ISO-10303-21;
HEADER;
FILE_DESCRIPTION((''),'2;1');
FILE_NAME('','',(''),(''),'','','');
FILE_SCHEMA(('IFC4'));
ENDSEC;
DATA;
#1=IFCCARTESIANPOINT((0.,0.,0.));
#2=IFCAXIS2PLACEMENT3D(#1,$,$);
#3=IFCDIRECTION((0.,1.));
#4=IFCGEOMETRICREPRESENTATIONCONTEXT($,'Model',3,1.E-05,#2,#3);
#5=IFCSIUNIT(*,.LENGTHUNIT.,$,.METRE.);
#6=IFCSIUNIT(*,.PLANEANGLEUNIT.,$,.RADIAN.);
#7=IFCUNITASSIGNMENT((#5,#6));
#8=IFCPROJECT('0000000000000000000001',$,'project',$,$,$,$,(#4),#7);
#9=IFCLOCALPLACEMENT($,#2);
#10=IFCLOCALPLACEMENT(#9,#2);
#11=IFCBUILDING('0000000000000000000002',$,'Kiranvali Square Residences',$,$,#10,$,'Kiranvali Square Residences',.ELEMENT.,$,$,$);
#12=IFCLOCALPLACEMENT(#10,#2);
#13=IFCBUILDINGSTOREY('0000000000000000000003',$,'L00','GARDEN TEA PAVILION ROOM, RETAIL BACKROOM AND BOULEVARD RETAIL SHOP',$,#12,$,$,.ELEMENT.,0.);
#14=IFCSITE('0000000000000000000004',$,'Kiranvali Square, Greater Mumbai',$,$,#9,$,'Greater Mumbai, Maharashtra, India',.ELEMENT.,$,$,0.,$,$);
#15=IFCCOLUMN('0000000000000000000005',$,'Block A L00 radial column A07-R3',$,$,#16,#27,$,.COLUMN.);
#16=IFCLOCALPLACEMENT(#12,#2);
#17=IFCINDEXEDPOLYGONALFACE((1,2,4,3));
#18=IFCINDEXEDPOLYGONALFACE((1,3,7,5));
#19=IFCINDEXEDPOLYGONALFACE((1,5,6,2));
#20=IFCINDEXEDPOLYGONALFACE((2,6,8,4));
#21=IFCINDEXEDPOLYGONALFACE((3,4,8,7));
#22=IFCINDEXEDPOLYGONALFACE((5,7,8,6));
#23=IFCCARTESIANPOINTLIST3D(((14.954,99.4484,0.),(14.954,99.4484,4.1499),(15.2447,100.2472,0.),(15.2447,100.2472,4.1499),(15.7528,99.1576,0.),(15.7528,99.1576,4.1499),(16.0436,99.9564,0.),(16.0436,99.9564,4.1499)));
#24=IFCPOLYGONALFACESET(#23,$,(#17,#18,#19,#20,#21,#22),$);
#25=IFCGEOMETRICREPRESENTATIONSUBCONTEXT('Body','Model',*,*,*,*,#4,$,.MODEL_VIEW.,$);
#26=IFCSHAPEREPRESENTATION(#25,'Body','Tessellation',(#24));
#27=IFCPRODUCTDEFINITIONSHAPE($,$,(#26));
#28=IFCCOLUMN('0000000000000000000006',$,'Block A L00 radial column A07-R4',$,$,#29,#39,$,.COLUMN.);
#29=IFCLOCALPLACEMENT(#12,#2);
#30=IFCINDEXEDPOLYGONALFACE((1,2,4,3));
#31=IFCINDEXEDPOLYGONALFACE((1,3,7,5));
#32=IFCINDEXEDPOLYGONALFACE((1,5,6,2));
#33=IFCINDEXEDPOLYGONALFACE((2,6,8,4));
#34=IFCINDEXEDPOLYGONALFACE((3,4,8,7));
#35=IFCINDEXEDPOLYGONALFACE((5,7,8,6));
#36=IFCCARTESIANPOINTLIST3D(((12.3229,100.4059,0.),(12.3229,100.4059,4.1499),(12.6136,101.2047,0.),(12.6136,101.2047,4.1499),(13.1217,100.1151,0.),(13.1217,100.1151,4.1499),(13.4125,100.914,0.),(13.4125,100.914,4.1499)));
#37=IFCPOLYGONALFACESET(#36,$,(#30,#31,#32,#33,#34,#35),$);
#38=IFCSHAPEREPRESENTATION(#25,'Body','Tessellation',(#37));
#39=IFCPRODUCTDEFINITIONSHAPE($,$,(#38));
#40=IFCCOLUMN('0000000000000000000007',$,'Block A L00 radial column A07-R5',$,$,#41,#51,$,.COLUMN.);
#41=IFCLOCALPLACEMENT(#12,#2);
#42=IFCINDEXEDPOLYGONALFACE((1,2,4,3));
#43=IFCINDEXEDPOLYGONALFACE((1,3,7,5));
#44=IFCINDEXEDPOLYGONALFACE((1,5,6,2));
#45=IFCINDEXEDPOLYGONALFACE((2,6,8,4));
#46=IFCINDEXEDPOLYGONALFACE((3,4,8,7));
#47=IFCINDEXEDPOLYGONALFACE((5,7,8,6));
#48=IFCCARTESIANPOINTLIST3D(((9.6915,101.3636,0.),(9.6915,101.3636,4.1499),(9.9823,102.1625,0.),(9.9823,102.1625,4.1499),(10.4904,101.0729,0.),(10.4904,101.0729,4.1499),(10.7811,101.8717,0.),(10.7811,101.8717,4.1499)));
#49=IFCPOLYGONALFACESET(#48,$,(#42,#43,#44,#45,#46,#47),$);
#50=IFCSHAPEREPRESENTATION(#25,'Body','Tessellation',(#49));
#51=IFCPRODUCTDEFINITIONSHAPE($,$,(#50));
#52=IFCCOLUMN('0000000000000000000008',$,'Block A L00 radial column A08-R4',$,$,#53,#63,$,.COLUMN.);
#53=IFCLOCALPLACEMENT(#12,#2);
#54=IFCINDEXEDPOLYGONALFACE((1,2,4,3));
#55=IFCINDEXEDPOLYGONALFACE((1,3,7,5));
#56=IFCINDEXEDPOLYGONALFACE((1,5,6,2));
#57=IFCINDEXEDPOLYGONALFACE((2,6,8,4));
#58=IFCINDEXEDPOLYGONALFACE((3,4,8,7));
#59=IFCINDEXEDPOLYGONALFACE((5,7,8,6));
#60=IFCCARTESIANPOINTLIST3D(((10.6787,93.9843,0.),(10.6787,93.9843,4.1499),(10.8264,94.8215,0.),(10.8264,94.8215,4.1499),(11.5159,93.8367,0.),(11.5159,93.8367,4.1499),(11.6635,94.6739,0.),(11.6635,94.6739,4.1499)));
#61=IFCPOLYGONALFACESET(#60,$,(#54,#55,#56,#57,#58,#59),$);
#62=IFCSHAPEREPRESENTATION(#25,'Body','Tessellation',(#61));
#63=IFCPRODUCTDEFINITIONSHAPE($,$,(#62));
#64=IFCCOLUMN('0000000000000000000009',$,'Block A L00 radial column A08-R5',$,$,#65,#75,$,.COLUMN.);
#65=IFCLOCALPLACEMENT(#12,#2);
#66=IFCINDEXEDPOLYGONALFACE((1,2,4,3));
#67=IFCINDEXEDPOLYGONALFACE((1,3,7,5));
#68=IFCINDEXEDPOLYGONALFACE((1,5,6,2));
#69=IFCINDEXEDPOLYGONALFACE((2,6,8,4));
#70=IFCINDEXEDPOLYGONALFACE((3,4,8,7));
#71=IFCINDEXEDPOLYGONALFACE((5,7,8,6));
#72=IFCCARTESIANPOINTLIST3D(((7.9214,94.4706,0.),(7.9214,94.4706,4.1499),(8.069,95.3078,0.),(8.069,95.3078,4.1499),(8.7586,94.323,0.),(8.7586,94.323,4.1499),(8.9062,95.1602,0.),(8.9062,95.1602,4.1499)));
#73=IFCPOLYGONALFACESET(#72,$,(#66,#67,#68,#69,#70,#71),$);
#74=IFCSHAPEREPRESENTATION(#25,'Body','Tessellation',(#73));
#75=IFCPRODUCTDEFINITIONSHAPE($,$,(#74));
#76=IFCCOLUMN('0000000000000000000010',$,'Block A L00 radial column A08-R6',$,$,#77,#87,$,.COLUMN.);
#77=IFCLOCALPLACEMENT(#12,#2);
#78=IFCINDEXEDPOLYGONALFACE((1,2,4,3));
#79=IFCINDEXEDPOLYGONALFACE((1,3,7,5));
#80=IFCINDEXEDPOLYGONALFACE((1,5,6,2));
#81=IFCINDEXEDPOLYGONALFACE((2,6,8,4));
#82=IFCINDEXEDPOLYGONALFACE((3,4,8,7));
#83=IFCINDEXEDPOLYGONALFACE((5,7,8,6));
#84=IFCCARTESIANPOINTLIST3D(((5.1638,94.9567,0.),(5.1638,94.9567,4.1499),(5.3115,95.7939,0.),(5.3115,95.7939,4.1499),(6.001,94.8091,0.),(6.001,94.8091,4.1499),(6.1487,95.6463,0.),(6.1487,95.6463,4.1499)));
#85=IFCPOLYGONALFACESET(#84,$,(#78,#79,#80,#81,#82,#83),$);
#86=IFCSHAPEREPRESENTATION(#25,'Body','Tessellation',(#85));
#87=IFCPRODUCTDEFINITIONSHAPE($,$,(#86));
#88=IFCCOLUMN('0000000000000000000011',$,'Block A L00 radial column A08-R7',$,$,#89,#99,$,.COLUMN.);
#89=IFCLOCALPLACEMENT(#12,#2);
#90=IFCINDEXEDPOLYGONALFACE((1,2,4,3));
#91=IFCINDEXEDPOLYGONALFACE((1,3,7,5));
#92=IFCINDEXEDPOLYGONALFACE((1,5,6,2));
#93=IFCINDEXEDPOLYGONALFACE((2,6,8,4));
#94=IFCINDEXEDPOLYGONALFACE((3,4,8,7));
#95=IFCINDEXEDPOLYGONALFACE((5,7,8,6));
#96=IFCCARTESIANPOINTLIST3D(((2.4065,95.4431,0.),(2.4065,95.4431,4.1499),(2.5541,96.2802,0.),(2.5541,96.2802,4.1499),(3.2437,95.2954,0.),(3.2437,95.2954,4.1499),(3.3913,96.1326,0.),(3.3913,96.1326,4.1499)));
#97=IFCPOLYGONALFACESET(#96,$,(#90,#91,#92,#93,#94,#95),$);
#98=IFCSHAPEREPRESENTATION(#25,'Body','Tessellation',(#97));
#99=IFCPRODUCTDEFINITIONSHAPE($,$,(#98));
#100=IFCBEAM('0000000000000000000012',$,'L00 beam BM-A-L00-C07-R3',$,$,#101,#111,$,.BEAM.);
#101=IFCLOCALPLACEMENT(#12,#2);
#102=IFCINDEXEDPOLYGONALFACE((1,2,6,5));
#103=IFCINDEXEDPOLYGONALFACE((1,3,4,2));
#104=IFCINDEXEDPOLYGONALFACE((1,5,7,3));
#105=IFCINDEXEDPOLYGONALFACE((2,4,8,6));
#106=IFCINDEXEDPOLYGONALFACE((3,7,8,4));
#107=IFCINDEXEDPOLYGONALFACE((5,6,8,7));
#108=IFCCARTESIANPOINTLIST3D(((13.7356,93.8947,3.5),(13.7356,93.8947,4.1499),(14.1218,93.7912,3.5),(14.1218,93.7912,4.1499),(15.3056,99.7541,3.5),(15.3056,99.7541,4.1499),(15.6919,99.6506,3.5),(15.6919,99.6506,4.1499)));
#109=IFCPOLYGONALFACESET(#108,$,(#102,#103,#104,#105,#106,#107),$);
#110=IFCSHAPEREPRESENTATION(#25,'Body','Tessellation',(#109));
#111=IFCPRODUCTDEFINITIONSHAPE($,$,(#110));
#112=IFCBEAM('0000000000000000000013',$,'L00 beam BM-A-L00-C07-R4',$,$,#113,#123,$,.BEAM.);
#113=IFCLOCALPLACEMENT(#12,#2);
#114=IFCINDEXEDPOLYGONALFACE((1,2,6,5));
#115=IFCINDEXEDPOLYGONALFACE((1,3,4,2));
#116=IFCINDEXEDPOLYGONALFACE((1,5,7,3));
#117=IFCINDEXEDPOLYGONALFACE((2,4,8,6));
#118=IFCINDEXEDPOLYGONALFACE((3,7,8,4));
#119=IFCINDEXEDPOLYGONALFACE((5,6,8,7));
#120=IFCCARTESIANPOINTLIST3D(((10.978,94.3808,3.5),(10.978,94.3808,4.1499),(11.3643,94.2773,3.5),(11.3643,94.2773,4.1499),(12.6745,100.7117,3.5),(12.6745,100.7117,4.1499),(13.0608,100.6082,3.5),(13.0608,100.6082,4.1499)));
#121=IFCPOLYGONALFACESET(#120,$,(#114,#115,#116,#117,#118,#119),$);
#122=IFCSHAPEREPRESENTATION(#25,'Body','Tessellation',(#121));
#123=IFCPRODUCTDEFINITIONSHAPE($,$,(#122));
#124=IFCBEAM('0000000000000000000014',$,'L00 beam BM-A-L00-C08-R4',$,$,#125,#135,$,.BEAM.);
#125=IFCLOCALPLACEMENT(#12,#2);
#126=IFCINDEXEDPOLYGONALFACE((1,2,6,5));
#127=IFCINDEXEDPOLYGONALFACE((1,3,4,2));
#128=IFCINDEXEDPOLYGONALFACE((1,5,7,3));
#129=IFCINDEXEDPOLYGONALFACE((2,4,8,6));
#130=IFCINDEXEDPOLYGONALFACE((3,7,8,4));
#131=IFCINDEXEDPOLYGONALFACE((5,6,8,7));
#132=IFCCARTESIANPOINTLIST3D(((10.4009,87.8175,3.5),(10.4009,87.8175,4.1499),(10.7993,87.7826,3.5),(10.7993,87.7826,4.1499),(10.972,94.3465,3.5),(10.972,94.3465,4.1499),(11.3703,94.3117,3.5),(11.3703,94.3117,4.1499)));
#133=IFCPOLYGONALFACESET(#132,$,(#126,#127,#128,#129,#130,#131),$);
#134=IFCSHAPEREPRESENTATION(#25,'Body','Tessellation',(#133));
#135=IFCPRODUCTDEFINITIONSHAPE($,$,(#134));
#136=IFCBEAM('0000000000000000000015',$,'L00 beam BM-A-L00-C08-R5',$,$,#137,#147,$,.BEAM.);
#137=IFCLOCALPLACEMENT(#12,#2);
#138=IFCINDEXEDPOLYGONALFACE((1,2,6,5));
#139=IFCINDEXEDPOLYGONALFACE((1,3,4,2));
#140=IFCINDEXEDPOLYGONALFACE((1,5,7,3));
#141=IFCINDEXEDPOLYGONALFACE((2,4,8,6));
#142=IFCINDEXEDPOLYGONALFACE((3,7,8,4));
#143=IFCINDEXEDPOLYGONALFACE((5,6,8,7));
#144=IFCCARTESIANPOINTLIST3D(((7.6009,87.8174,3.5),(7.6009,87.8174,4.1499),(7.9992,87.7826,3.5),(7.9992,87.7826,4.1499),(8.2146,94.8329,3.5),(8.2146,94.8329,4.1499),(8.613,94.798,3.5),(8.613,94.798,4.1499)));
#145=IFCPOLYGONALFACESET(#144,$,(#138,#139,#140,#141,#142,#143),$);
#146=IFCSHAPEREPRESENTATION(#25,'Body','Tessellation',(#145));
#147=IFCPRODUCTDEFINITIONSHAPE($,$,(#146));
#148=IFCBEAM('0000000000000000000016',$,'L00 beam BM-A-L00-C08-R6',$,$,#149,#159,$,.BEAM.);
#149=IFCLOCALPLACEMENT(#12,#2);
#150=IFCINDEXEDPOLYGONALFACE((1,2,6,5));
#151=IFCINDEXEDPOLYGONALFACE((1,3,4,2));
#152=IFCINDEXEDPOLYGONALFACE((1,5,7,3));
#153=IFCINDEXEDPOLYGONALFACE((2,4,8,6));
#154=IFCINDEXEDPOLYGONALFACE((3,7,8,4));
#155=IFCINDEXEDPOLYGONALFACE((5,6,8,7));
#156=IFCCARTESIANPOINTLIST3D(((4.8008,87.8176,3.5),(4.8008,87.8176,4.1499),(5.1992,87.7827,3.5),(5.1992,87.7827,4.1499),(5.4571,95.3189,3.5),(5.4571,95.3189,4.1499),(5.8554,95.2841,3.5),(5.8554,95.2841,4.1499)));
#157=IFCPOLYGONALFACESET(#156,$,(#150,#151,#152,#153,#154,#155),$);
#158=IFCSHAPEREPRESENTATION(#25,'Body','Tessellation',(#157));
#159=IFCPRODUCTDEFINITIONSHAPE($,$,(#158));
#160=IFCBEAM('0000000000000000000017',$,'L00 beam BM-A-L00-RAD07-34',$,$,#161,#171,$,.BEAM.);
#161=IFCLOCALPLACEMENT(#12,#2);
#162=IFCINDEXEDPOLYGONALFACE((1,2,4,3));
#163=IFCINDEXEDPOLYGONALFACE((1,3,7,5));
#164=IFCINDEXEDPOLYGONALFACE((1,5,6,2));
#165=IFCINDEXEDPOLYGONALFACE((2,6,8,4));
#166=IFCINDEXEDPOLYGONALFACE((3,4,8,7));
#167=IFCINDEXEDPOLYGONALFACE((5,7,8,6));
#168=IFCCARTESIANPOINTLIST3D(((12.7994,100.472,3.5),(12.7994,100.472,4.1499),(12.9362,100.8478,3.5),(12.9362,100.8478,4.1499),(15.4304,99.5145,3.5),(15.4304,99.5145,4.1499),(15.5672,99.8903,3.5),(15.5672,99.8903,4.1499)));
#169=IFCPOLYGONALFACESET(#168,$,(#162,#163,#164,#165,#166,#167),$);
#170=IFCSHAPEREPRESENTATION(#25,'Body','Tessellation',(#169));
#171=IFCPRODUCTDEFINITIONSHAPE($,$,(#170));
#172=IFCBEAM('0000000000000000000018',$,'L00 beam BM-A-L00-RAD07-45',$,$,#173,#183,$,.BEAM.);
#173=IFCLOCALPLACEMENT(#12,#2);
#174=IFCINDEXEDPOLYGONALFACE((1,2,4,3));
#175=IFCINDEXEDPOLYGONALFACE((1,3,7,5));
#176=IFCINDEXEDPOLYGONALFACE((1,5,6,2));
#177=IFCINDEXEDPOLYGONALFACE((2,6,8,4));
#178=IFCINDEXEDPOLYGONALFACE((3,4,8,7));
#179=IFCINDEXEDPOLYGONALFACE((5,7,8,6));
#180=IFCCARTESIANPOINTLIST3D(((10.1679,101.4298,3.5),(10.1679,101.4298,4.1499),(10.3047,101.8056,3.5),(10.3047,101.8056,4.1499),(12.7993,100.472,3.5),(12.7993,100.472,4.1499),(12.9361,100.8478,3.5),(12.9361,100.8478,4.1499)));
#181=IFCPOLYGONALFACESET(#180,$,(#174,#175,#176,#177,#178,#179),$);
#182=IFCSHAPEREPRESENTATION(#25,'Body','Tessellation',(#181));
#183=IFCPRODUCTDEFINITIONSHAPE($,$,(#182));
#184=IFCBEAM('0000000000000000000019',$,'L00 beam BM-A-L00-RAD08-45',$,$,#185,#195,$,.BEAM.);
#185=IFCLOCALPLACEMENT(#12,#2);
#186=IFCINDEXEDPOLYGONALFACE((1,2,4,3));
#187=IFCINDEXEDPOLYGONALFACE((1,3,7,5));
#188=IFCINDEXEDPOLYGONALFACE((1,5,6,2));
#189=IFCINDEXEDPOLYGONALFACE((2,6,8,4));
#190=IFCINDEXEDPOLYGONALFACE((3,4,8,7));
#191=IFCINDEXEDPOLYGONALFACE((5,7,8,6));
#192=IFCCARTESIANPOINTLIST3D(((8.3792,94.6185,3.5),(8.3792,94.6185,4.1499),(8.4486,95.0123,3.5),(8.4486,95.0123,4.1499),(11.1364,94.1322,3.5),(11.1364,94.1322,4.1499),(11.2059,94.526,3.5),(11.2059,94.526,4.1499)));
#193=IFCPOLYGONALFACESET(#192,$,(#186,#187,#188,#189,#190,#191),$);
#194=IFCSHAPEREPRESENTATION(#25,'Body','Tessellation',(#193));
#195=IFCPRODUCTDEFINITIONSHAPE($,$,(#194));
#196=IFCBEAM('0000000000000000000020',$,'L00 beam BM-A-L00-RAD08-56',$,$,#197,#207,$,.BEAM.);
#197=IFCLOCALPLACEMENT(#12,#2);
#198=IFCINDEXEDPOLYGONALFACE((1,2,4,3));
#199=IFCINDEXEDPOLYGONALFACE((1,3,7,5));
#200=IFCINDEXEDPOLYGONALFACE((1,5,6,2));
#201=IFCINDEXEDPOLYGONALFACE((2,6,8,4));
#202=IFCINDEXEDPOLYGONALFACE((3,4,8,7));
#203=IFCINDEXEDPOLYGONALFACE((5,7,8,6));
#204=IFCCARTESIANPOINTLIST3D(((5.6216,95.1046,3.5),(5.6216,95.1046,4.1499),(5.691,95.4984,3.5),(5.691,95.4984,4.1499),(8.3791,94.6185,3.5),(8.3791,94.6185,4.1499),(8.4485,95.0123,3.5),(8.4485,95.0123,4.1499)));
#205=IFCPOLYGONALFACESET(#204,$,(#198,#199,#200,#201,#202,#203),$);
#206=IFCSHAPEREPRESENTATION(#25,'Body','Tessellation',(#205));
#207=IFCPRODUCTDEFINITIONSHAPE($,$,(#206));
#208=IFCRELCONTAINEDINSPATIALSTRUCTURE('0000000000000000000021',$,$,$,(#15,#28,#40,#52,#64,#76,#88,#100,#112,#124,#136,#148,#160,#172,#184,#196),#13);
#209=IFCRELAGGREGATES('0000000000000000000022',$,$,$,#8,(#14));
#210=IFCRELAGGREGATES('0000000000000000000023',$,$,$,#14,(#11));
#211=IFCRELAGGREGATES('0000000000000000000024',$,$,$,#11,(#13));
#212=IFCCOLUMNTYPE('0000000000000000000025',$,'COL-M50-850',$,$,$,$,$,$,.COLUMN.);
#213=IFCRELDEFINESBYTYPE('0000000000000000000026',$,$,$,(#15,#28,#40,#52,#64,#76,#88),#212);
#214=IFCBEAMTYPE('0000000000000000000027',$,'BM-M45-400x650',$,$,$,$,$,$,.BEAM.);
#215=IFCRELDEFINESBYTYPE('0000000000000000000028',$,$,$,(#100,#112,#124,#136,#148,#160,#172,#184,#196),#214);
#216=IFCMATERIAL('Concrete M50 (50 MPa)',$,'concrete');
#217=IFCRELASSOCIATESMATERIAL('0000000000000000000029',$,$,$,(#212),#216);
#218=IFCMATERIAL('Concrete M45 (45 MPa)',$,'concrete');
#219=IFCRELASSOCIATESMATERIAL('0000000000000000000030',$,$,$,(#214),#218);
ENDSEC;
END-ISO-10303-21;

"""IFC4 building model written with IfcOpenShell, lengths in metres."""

from ifc_helpers import new_model, si_unit, direction, frame, origin, origin_2d, place, context, subcontext, project, spatial, rectangle, extrude, material, material_profile, profile_set, type_object, element, save


model = new_model("IFC4")

# Units and contexts
model_context = context("Model", 3, precision=1e-05, world=origin(), true_north=direction((0.0, 1.0)))
body_context = subcontext(model_context, "Body", "Model", "MODEL_VIEW")
ifc_project = project(units=[si_unit("LENGTHUNIT", "METRE"), si_unit("PLANEANGLEUNIT", "RADIAN")], contexts=[model_context])

# Site, building, storey
site_placement = place(None, origin())
site = spatial("IfcSite", under=ifc_project, at=site_placement, Name="Kiranvali Square, Greater Mumbai", LongName="Greater Mumbai, Maharashtra, India", CompositionType="ELEMENT", RefElevation=0.0)
building_placement = place(site_placement, origin())
building = spatial("IfcBuilding", under=site, at=building_placement, Name="Kiranvali Square Residences", LongName="Kiranvali Square Residences", CompositionType="ELEMENT")
storey_placement = place(building_placement, origin())
storey = spatial("IfcBuildingStorey", under=building, at=storey_placement, Name="L00", Description="GARDEN TEA PAVILION ROOM, RETAIL BACKROOM AND BOULEVARD RETAIL SHOP", CompositionType="ELEMENT", Elevation=0.0)

# Columns
ifc_material_1 = material(Name="Concrete M50 (50 MPa)", Category="concrete")
ifc_material_profile_1 = material_profile(ifc_material_1, rectangle(XDim=0.8501, YDim=0.8501, at=origin_2d()), Name="RC 850x850")
ifc_profile_set_1 = profile_set([ifc_material_profile_1], Name="Concrete M50 (50 MPa)")
column_type = type_object("IfcColumnType", Name="COL-M50-850", PredefinedType="COLUMN", material=ifc_profile_set_1)
for number, where, z_axis, x_axis, name in (
    (1, (15.4988, 99.7024, 0.0), (0.0, 0.0, 1.0), (0.34202, 0.939693, 0.0), "Block A L00 radial column A07-R3"),
    (2, (12.8677, 100.6599, 0.0), (0.0, 0.0, 1.0), (0.34202, 0.939693, 0.0), "Block A L00 radial column A07-R4"),
    (3, (10.2363, 101.6177, 0.0), (0.0, 0.0, 1.0), (0.34202, 0.939693, 0.0), "Block A L00 radial column A07-R5"),
    (4, (11.1711, 94.3291, 0.0), (0.0, 0.0, 1.0), (0.173648, 0.984808, 0.0), "Block A L00 radial column A08-R4"),
    (5, (8.4138, 94.8154, 0.0), (0.0, 0.0, 1.0), (0.173648, 0.984808, 0.0), "Block A L00 radial column A08-R5"),
    (6, (5.6562, 95.3015, 0.0), (0.0, 0.0, 1.0), (0.173648, 0.984808, 0.0), "Block A L00 radial column A08-R6"),
    (7, (2.8989, 95.7878, 0.0), (0.0, 0.0, 1.0), (0.173648, 0.984808, 0.0), "Block A L00 radial column A08-R7"),
):
    element("IfcColumn", number, at=place(storey_placement, frame(where, z_axis=z_axis, x_axis=x_axis)), inside=storey, type_object=column_type, Name=name, PredefinedType="COLUMN", context=body_context, shape_type="SweptSolid", body=[
        extrude(rectangle(XDim=0.8501, YDim=0.8501, at=origin_2d()), origin(), (0.0, 0.0, 1.0), 4.1499),
    ])

# Beams
ifc_material_2 = material(Name="Concrete M45 (45 MPa)", Category="concrete")
ifc_material_profile_2 = material_profile(ifc_material_2, rectangle(XDim=0.3999, YDim=0.6499, at=origin_2d()), Name="RC 400x650")
ifc_profile_set_2 = profile_set([ifc_material_profile_2], Name="Concrete M45 (45 MPa)")
beam_type_1 = type_object("IfcBeamType", Name="BM-M45-400x650", PredefinedType="BEAM", material=ifc_profile_set_2)
beam_1_placement = place(storey_placement, frame((15.4988, 99.7024, 3.825), z_axis=(-0.258827, -0.965924, 0.0), x_axis=(0.965924, -0.258827, 0.0)))
element("IfcBeam", 8, at=beam_1_placement, inside=storey, type_object=beam_type_1, Name="L00 beam BM-A-L00-C07-R3", PredefinedType="BEAM", context=body_context, shape_type="SweptSolid", body=[
    extrude(rectangle(XDim=0.3999, YDim=0.6499, at=origin_2d()), origin(), (0.0, 0.0, 1.0), 6.0662),
])
beam_2_placement = place(storey_placement, frame((12.8677, 100.6599, 3.825), z_axis=(-0.258847, -0.965918, 0.0), x_axis=(0.965918, -0.258847, 0.0)))
element("IfcBeam", 9, at=beam_2_placement, inside=storey, type_object=beam_type_1, Name="L00 beam BM-A-L00-C07-R4", PredefinedType="BEAM", context=body_context, shape_type="SweptSolid", body=[
    extrude(rectangle(XDim=0.3999, YDim=0.6499, at=origin_2d()), origin(), (0.0, 0.0, 1.0), 6.5542),
])
beam_3_placement = place(storey_placement, frame((11.1711, 94.3291, 3.825), z_axis=(-0.08713, -0.996197, 0.0), x_axis=(0.996197, -0.08713, 0.0)))
element("IfcBeam", 10, at=beam_3_placement, inside=storey, type_object=beam_type_1, Name="L00 beam BM-A-L00-C08-R4", PredefinedType="BEAM", context=body_context, shape_type="SweptSolid", body=[
    extrude(rectangle(XDim=0.3999, YDim=0.6499, at=origin_2d()), origin(), (0.0, 0.0, 1.0), 6.554),
])
beam_4_placement = place(storey_placement, frame((8.4138, 94.8154, 3.825), z_axis=(-0.087156, -0.996195, 0.0), x_axis=(0.996195, -0.087156, 0.0)))
element("IfcBeam", 11, at=beam_4_placement, inside=storey, type_object=beam_type_1, Name="L00 beam BM-A-L00-C08-R5", PredefinedType="BEAM", context=body_context, shape_type="SweptSolid", body=[
    extrude(rectangle(XDim=0.3999, YDim=0.6499, at=origin_2d()), origin(), (0.0, 0.0, 1.0), 7.0422),
])
beam_5_placement = place(storey_placement, frame((5.6562, 95.3015, 3.825), z_axis=(-0.08715, -0.996195, 0.0), x_axis=(0.996195, -0.08715, 0.0)))
element("IfcBeam", 12, at=beam_5_placement, inside=storey, type_object=beam_type_1, Name="L00 beam BM-A-L00-C08-R6", PredefinedType="BEAM", context=body_context, shape_type="SweptSolid", body=[
    extrude(rectangle(XDim=0.3999, YDim=0.6499, at=origin_2d()), origin(), (0.0, 0.0, 1.0), 7.53),
])
beam_6_placement = place(storey_placement, frame((15.4988, 99.7024, 3.825), z_axis=(-0.939707, 0.341981, 0.0), x_axis=(-0.341981, -0.939707, 0.0)))
element("IfcBeam", 13, at=beam_6_placement, inside=storey, type_object=beam_type_1, Name="L00 beam BM-A-L00-RAD07-34", PredefinedType="BEAM", context=body_context, shape_type="SweptSolid", body=[
    extrude(rectangle(XDim=0.3999, YDim=0.6499, at=origin_2d()), origin(), (0.0, 0.0, 1.0), 2.7998),
])
beam_7_placement = place(storey_placement, frame((12.8677, 100.6599, 3.825), z_axis=(-0.939689, 0.34203, 0.0), x_axis=(-0.34203, -0.939689, 0.0)))
element("IfcBeam", 14, at=beam_7_placement, inside=storey, type_object=beam_type_1, Name="L00 beam BM-A-L00-RAD07-45", PredefinedType="BEAM", context=body_context, shape_type="SweptSolid", body=[
    extrude(rectangle(XDim=0.3999, YDim=0.6499, at=origin_2d()), origin(), (0.0, 0.0, 1.0), 2.8003),
])
beam_8_placement = place(storey_placement, frame((11.1711, 94.3291, 3.825), z_axis=(-0.984799, 0.173696, 0.0), x_axis=(-0.173696, -0.984799, 0.0)))
element("IfcBeam", 15, at=beam_8_placement, inside=storey, type_object=beam_type_1, Name="L00 beam BM-A-L00-RAD08-45", PredefinedType="BEAM", context=body_context, shape_type="SweptSolid", body=[
    extrude(rectangle(XDim=0.3999, YDim=0.6499, at=origin_2d()), origin(), (0.0, 0.0, 1.0), 2.7998),
])
beam_9_placement = place(storey_placement, frame((8.4138, 94.8154, 3.825), z_axis=(-0.984817, 0.173596, 0.0), x_axis=(-0.173596, -0.984817, 0.0)))
element("IfcBeam", 16, at=beam_9_placement, inside=storey, type_object=beam_type_1, Name="L00 beam BM-A-L00-RAD08-56", PredefinedType="BEAM", context=body_context, shape_type="SweptSolid", body=[
    extrude(rectangle(XDim=0.3999, YDim=0.6499, at=origin_2d()), origin(), (0.0, 0.0, 1.0), 2.8),
])

save(model, "model.ifc")
